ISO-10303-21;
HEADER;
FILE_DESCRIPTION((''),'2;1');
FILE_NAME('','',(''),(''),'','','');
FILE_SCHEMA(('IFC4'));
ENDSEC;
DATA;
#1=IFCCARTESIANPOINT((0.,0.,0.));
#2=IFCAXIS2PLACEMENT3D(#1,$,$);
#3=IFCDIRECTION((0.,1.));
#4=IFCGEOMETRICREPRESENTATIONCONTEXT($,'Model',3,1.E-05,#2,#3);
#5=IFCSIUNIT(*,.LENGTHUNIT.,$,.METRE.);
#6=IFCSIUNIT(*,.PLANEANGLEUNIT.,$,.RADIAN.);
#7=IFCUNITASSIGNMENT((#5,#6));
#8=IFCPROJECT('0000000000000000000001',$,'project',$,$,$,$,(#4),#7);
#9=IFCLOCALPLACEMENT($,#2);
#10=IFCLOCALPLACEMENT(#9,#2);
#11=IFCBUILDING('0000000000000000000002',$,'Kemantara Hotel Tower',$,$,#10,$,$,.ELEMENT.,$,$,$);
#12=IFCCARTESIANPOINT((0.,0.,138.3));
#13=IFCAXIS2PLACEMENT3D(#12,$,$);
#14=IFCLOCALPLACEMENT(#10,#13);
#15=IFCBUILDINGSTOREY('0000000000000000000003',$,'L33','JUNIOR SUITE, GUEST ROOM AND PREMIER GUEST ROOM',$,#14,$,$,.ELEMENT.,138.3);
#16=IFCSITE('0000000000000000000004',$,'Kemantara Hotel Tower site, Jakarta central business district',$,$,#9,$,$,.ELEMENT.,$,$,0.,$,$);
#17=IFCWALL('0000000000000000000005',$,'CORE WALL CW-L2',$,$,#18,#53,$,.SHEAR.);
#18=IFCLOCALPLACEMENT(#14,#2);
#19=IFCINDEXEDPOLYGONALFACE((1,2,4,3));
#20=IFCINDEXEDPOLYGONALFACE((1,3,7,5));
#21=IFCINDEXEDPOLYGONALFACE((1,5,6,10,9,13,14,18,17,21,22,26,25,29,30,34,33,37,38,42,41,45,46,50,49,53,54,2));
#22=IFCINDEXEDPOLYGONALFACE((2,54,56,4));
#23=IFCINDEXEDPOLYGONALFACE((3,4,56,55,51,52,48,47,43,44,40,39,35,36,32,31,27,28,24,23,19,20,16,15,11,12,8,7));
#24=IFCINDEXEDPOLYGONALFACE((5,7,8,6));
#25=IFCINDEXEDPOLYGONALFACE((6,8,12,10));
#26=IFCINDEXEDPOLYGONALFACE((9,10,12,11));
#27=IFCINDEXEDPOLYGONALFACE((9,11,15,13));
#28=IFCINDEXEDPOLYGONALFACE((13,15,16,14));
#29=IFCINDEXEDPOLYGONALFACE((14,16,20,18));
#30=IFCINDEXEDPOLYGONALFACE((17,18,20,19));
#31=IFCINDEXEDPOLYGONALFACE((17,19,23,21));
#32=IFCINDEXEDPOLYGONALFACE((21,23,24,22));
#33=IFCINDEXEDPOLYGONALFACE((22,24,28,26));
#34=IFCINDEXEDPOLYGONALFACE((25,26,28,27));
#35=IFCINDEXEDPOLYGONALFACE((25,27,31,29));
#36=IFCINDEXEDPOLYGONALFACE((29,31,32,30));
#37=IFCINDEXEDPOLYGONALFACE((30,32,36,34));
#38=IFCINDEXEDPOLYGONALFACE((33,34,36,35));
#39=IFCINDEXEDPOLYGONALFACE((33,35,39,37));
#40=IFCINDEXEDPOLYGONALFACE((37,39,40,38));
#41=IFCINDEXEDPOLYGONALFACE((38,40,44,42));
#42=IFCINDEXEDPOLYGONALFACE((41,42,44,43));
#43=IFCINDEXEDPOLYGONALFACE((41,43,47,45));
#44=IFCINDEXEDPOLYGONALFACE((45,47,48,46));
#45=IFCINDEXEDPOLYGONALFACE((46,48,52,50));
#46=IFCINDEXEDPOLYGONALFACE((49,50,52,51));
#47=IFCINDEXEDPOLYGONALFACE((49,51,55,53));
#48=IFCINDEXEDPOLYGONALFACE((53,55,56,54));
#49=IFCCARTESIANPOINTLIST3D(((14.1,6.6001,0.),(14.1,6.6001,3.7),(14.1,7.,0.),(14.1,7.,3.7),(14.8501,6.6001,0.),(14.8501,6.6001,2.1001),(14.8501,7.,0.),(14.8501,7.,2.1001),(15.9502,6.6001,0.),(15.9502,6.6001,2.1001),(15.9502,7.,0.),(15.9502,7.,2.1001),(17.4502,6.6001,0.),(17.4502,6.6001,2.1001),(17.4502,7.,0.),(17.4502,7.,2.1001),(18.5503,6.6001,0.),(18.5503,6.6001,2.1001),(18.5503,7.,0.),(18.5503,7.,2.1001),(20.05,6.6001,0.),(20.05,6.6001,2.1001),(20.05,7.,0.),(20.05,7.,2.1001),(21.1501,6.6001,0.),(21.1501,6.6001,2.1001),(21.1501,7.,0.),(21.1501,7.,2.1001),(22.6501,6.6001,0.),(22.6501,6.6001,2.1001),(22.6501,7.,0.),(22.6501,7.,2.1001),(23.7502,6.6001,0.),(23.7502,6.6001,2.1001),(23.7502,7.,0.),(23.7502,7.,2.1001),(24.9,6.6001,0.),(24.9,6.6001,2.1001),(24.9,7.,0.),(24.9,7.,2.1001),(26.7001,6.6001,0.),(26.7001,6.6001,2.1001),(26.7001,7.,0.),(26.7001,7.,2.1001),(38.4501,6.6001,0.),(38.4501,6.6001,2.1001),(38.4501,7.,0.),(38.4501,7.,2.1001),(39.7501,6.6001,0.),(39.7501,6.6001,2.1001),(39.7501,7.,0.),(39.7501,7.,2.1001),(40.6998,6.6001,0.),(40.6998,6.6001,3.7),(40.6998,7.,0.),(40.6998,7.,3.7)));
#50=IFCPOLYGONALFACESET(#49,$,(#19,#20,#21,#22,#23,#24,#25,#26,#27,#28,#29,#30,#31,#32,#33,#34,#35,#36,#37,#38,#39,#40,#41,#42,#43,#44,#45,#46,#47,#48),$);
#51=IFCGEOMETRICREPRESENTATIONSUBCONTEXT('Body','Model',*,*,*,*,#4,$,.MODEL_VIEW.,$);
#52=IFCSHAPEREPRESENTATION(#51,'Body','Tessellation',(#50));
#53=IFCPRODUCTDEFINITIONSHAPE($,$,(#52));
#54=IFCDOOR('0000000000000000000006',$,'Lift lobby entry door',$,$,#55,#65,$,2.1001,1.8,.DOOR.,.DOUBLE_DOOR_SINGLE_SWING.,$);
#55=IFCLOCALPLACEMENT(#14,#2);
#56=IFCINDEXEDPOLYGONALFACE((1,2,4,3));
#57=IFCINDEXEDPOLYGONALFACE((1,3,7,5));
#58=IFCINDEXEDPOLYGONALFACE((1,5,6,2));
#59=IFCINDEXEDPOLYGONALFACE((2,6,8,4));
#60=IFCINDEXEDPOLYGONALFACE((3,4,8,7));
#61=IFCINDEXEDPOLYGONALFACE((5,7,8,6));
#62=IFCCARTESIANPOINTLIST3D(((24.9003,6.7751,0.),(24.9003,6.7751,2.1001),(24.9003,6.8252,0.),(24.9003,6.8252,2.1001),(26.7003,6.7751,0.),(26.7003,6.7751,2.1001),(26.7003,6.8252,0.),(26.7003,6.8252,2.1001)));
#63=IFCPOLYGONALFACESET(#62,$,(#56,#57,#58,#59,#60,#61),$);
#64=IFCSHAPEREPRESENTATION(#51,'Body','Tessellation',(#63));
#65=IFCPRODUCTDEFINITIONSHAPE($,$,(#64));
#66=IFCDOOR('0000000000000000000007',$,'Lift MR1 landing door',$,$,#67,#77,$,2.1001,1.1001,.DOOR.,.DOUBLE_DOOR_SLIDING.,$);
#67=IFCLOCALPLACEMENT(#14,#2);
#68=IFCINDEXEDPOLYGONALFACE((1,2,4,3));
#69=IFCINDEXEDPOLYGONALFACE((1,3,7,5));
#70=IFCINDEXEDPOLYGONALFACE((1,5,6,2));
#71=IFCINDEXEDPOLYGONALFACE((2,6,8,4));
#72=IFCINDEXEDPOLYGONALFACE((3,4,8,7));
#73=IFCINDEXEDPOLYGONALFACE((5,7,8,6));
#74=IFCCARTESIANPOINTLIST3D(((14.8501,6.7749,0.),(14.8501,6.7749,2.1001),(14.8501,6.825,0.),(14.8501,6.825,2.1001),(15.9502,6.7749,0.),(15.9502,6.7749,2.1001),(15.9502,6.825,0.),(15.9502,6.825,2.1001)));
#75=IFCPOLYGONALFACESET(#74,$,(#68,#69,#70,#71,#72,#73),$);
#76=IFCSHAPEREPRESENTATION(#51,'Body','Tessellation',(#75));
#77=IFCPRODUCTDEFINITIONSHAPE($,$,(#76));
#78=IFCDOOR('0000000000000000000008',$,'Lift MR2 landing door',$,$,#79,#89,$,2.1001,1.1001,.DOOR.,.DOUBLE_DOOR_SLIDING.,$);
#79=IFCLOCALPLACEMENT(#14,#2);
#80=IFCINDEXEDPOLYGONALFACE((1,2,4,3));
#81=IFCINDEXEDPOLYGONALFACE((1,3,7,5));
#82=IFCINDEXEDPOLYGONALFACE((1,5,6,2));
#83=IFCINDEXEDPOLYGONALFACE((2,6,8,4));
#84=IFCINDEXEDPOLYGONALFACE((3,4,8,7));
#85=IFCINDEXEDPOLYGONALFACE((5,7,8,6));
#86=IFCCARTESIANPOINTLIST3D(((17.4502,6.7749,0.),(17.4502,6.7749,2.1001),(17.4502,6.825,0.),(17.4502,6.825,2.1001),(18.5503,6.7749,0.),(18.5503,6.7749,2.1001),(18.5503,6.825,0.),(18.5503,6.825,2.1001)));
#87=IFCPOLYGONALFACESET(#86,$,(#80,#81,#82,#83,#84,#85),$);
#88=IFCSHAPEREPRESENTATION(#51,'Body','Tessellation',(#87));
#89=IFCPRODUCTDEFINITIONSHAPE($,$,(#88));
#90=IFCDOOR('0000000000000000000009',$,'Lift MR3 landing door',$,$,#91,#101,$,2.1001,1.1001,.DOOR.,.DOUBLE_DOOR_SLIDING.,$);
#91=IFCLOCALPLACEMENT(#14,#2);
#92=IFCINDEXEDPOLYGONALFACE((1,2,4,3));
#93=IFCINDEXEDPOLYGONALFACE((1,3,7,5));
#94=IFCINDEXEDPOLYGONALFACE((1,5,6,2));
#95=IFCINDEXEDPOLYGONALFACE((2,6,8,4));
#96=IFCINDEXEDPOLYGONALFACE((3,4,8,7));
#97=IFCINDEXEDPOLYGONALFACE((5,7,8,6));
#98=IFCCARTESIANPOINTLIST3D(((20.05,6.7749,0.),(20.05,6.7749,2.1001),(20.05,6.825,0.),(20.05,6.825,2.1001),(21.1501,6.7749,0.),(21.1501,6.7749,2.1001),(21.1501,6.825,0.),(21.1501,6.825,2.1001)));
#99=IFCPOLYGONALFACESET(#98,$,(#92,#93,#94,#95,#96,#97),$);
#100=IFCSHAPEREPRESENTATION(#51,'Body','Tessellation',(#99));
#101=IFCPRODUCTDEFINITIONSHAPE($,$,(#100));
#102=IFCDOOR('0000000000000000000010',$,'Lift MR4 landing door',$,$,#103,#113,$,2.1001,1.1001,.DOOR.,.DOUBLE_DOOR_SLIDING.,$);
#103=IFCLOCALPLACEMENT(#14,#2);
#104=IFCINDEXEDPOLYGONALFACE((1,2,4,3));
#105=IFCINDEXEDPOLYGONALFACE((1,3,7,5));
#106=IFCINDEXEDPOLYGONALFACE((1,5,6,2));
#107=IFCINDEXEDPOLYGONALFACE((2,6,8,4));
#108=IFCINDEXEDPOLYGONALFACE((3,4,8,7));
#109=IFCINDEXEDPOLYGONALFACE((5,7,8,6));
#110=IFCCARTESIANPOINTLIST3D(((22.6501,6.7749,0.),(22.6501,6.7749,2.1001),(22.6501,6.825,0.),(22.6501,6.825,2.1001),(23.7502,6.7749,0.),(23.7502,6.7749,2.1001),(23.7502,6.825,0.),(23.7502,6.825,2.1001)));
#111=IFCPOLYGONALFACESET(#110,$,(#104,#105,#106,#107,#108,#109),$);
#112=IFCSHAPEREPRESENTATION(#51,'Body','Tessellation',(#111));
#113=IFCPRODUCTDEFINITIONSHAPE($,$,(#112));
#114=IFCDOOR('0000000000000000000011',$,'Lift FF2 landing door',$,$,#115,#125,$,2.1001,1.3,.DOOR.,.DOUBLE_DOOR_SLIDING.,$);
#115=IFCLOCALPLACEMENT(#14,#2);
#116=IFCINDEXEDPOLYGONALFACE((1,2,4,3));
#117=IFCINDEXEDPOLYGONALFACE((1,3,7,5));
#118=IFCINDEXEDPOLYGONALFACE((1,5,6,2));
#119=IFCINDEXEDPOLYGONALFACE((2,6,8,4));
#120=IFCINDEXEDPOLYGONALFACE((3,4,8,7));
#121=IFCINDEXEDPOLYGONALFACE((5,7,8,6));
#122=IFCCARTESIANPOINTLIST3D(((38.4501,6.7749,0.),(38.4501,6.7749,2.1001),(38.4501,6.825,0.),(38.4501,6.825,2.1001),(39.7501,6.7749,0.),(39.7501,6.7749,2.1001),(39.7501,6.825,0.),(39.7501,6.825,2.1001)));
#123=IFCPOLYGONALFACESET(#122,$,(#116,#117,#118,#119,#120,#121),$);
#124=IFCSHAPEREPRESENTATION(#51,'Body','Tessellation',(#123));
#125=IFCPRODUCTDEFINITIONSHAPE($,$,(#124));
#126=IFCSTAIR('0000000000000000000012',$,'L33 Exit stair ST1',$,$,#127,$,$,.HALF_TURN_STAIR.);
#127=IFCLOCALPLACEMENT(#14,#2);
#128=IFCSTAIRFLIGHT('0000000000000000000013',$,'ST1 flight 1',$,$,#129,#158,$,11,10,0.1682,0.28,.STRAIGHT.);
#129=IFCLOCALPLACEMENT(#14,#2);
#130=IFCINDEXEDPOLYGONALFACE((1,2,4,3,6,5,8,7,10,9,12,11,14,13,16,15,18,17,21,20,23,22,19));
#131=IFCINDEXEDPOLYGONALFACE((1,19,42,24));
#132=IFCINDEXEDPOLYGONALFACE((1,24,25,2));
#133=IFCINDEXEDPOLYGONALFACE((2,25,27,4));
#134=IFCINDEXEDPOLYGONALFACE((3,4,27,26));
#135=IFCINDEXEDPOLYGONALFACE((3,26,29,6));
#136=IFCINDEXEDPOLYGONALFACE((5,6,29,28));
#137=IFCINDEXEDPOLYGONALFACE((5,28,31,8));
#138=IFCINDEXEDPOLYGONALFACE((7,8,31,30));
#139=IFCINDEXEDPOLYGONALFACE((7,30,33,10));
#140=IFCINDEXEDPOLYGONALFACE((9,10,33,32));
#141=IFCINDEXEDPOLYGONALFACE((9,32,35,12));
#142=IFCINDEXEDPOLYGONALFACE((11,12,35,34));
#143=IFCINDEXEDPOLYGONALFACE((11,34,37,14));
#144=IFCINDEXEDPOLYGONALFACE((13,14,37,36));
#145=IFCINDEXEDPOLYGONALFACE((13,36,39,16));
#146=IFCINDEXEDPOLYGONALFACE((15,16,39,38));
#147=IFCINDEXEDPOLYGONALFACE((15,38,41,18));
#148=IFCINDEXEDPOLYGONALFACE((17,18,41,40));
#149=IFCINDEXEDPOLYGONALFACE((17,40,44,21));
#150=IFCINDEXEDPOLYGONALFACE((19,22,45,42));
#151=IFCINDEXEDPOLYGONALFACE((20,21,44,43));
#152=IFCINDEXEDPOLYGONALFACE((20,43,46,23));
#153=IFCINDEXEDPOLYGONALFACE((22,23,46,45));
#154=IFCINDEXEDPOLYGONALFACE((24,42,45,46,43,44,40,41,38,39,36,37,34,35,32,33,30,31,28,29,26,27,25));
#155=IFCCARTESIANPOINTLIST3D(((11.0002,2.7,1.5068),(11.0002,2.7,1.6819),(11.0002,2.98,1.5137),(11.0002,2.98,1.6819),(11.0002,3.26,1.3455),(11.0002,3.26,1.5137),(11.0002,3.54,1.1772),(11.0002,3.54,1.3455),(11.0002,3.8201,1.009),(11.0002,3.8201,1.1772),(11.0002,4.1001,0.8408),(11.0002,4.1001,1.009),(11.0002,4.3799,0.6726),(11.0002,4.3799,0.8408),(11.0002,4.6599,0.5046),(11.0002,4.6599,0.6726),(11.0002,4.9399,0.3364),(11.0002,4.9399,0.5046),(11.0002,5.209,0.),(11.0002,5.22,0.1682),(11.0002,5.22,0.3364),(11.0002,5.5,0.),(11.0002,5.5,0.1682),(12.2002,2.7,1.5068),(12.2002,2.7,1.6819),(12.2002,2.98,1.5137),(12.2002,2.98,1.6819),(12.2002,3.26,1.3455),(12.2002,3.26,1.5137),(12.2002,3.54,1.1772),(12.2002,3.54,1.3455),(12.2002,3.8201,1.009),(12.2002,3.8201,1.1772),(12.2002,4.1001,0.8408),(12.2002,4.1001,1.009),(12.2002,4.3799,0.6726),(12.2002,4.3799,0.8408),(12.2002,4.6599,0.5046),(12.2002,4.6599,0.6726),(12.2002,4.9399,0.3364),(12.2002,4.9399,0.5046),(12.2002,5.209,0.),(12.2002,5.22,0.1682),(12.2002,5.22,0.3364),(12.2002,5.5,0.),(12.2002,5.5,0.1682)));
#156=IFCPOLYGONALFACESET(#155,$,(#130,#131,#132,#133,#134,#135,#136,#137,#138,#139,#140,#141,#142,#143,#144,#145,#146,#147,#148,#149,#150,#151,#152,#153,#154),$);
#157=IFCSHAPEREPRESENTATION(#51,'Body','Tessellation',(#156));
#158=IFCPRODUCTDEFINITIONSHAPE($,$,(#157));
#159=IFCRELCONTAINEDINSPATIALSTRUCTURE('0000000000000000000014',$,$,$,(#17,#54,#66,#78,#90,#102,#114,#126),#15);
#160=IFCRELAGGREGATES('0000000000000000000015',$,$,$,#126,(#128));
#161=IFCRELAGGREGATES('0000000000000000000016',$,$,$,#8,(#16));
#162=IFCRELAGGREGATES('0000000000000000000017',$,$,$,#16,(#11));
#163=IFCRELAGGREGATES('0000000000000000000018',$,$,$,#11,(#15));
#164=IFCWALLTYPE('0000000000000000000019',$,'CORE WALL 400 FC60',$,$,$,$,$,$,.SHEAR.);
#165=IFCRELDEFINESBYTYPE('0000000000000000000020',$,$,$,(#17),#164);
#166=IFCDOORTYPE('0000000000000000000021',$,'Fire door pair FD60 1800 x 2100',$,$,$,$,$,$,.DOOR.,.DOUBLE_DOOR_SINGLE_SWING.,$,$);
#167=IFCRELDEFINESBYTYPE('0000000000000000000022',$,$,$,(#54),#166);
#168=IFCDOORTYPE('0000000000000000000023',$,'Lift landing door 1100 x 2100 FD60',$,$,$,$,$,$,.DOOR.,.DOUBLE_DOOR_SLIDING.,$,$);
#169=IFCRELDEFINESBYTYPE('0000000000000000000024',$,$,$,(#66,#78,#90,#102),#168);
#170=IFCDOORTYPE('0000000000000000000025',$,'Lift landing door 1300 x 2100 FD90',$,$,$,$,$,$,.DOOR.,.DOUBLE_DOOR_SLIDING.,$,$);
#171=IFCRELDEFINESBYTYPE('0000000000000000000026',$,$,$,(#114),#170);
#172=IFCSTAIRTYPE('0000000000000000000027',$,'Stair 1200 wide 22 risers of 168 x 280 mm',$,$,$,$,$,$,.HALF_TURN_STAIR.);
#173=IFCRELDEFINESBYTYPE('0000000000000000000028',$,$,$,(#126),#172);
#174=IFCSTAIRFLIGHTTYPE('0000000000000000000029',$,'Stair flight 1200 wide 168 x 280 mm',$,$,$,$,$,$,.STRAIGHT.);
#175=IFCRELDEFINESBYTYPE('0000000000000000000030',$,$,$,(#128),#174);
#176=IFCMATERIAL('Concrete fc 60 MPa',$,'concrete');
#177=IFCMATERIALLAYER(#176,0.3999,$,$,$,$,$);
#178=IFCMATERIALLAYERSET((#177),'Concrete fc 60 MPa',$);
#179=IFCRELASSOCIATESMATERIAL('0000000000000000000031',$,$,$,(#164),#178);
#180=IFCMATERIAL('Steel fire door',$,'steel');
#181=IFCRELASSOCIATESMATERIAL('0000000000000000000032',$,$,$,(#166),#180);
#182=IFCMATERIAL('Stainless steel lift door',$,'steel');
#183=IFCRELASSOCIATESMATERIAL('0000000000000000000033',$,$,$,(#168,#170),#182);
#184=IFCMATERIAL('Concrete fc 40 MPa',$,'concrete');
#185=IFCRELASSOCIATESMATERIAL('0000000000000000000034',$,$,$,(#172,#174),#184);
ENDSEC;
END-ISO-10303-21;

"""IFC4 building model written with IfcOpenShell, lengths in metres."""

from ifc_helpers import new_model, si_unit, direction, frame, frame_2d, origin, place, context, subcontext, project, spatial, polyline, rectangle, outline, extrude, material, layer, layer_set, type_object, element, fill, aggregate, save


model = new_model("IFC4")

# Units and contexts
model_context = context("Model", 3, precision=1e-05, world=origin(), true_north=direction((0.0, 1.0)))
body_context = subcontext(model_context, "Body", "Model", "MODEL_VIEW")
ifc_project = project(units=[si_unit("LENGTHUNIT", "METRE"), si_unit("PLANEANGLEUNIT", "RADIAN")], contexts=[model_context])

# Site, building, storey
site_placement = place(None, origin())
site = spatial("IfcSite", under=ifc_project, at=site_placement, Name="Kemantara Hotel Tower site, Jakarta central business district", CompositionType="ELEMENT", RefElevation=0.0)
building_placement = place(site_placement, origin())
building = spatial("IfcBuilding", under=site, at=building_placement, Name="Kemantara Hotel Tower", CompositionType="ELEMENT")
storey_placement = place(building_placement, frame((0.0, 0.0, 138.3)))
storey = spatial("IfcBuildingStorey", under=building, at=storey_placement, Name="L33", Description="JUNIOR SUITE, GUEST ROOM AND PREMIER GUEST ROOM", CompositionType="ELEMENT", Elevation=138.3)

# Shared definitions
ifc_material_1 = material(Name="Concrete fc 60 MPa", Category="concrete")

# Shared definitions
ifc_layer_1 = layer(ifc_material_1, 0.3999)
ifc_layer_set_1 = layer_set([ifc_layer_1], Name="Concrete fc 60 MPa")
wall_type_1 = type_object("IfcWallType", Name="CORE WALL 400 FC60", PredefinedType="SHEAR", material=ifc_layer_set_1)
ifc_material_2 = material(Name="Steel fire door", Category="steel")

# Wall, openings, doors
wall_1_placement = place(storey_placement, frame((14.1001, 6.8, 0.0), z_axis=(0.0, 0.0, 1.0), x_axis=(1.0, 0.0, 0.0)))
wall_1 = element("IfcWall", 1, at=wall_1_placement, inside=storey, type_object=wall_type_1, Name="CORE WALL CW-L2", PredefinedType="SHEAR", context=body_context, shape_type="SweptSolid", body=[
    extrude(rectangle(XDim=26.5999, YDim=0.3999, at=frame_2d((13.2998, 0.0))), origin(), (0.0, 0.0, 1.0), 3.7),
])
opening_1_placement = place(wall_1_placement, frame((10.8, 0.0, 0.0)))
opening_1 = element("IfcOpeningElement", 2, at=opening_1_placement, cuts=wall_1, PredefinedType="OPENING", context=body_context, shape_type="SweptSolid", body=[
    extrude(rectangle(XDim=1.8, YDim=2.1001, at=frame_2d((0.8999, 1.05))), frame((0.0, 0.21, 0.0), z_axis=(0.0, -1.0, 0.0), x_axis=(1.0, 0.0, 0.0)), (0.0, 0.0, 1.0), 0.4199),
])
opening_2_placement = place(wall_1_placement, frame((0.75, 0.0, 0.0)))
opening_2 = element("IfcOpeningElement", 3, at=opening_2_placement, cuts=wall_1, PredefinedType="OPENING", context=body_context, shape_type="SweptSolid", body=[
    extrude(rectangle(XDim=1.1001, YDim=2.1001, at=frame_2d((0.55, 1.05))), frame((0.0, 0.21, 0.0), z_axis=(0.0, -1.0, 0.0), x_axis=(1.0, 0.0, 0.0)), (0.0, 0.0, 1.0), 0.4199),
])
opening_3_placement = place(wall_1_placement, frame((3.3501, 0.0, 0.0)))
opening_3 = element("IfcOpeningElement", 4, at=opening_3_placement, cuts=wall_1, PredefinedType="OPENING", context=body_context, shape_type="SweptSolid", body=[
    extrude(rectangle(XDim=1.1001, YDim=2.1001, at=frame_2d((0.55, 1.05))), frame((0.0, 0.21, 0.0), z_axis=(0.0, -1.0, 0.0), x_axis=(1.0, 0.0, 0.0)), (0.0, 0.0, 1.0), 0.4199),
])
opening_4_placement = place(wall_1_placement, frame((5.95, 0.0, 0.0)))
opening_4 = element("IfcOpeningElement", 5, at=opening_4_placement, cuts=wall_1, PredefinedType="OPENING", context=body_context, shape_type="SweptSolid", body=[
    extrude(rectangle(XDim=1.1001, YDim=2.1001, at=frame_2d((0.55, 1.05))), frame((0.0, 0.21, 0.0), z_axis=(0.0, -1.0, 0.0), x_axis=(1.0, 0.0, 0.0)), (0.0, 0.0, 1.0), 0.4199),
])
opening_5_placement = place(wall_1_placement, frame((8.55, 0.0, 0.0)))
opening_5 = element("IfcOpeningElement", 6, at=opening_5_placement, cuts=wall_1, PredefinedType="OPENING", context=body_context, shape_type="SweptSolid", body=[
    extrude(rectangle(XDim=1.1001, YDim=2.1001, at=frame_2d((0.55, 1.05))), frame((0.0, 0.21, 0.0), z_axis=(0.0, -1.0, 0.0), x_axis=(1.0, 0.0, 0.0)), (0.0, 0.0, 1.0), 0.4199),
])
opening_6_placement = place(wall_1_placement, frame((24.3501, 0.0, 0.0)))
opening_6 = element("IfcOpeningElement", 7, at=opening_6_placement, cuts=wall_1, PredefinedType="OPENING", context=body_context, shape_type="SweptSolid", body=[
    extrude(rectangle(XDim=1.3, YDim=2.1001, at=frame_2d((0.6499, 1.05))), frame((0.0, 0.21, 0.0), z_axis=(0.0, -1.0, 0.0), x_axis=(1.0, 0.0, 0.0)), (0.0, 0.0, 1.0), 0.4199),
])
door_type_1 = type_object("IfcDoorType", Name="Fire door pair FD60 1800 x 2100", OperationType="DOUBLE_DOOR_SINGLE_SWING", PredefinedType="DOOR", material=ifc_material_2)
door_1_placement = place(opening_1_placement, frame((1.8, 0.0, 0.0), z_axis=(0.0, 0.0, 1.0), x_axis=(-1.0, 0.0, 0.0)))
door_1 = element("IfcDoor", 8, at=door_1_placement, inside=storey, type_object=door_type_1, Name="Lift lobby entry door", OperationType="DOUBLE_DOOR_SINGLE_SWING", OverallHeight=2.1001, OverallWidth=1.8, PredefinedType="DOOR", context=body_context, shape_type="SweptSolid", body=[
    extrude(rectangle(XDim=1.8, YDim=2.1001, at=frame_2d((0.8999, 1.05))), frame((0.0, 0.0249, 0.0), z_axis=(0.0, -1.0, 0.0), x_axis=(1.0, 0.0, 0.0)), (0.0, 0.0, 1.0), 0.05),
])
fill(opening_1, door_1)
ifc_material_3 = material(Name="Stainless steel lift door", Category="steel")
door_type_2 = type_object("IfcDoorType", Name="Lift landing door 1100 x 2100 FD60", OperationType="DOUBLE_DOOR_SLIDING", PredefinedType="DOOR", material=ifc_material_3)
door_2_placement = place(opening_2_placement, origin())
door_2 = element("IfcDoor", 9, at=door_2_placement, inside=storey, type_object=door_type_2, Name="Lift MR1 landing door", OperationType="DOUBLE_DOOR_SLIDING", OverallHeight=2.1001, OverallWidth=1.1001, PredefinedType="DOOR", context=body_context, shape_type="SweptSolid", body=[
    extrude(rectangle(XDim=1.1001, YDim=2.1001, at=frame_2d((0.55, 1.05))), frame((0.0, 0.0249, 0.0), z_axis=(0.0, -1.0, 0.0), x_axis=(1.0, 0.0, 0.0)), (0.0, 0.0, 1.0), 0.05),
])
fill(opening_2, door_2)
door_3_placement = place(opening_3_placement, origin())
door_3 = element("IfcDoor", 10, at=door_3_placement, inside=storey, type_object=door_type_2, Name="Lift MR2 landing door", OperationType="DOUBLE_DOOR_SLIDING", OverallHeight=2.1001, OverallWidth=1.1001, PredefinedType="DOOR", context=body_context, shape_type="SweptSolid", body=[
    extrude(rectangle(XDim=1.1001, YDim=2.1001, at=frame_2d((0.55, 1.05))), frame((0.0, 0.0249, 0.0), z_axis=(0.0, -1.0, 0.0), x_axis=(1.0, 0.0, 0.0)), (0.0, 0.0, 1.0), 0.05),
])
fill(opening_3, door_3)
door_4_placement = place(opening_4_placement, origin())
door_4 = element("IfcDoor", 11, at=door_4_placement, inside=storey, type_object=door_type_2, Name="Lift MR3 landing door", OperationType="DOUBLE_DOOR_SLIDING", OverallHeight=2.1001, OverallWidth=1.1001, PredefinedType="DOOR", context=body_context, shape_type="SweptSolid", body=[
    extrude(rectangle(XDim=1.1001, YDim=2.1001, at=frame_2d((0.55, 1.05))), frame((0.0, 0.0249, 0.0), z_axis=(0.0, -1.0, 0.0), x_axis=(1.0, 0.0, 0.0)), (0.0, 0.0, 1.0), 0.05),
])
fill(opening_4, door_4)
door_5_placement = place(opening_5_placement, origin())
door_5 = element("IfcDoor", 12, at=door_5_placement, inside=storey, type_object=door_type_2, Name="Lift MR4 landing door", OperationType="DOUBLE_DOOR_SLIDING", OverallHeight=2.1001, OverallWidth=1.1001, PredefinedType="DOOR", context=body_context, shape_type="SweptSolid", body=[
    extrude(rectangle(XDim=1.1001, YDim=2.1001, at=frame_2d((0.55, 1.05))), frame((0.0, 0.0249, 0.0), z_axis=(0.0, -1.0, 0.0), x_axis=(1.0, 0.0, 0.0)), (0.0, 0.0, 1.0), 0.05),
])
fill(opening_5, door_5)
door_type_3 = type_object("IfcDoorType", Name="Lift landing door 1300 x 2100 FD90", OperationType="DOUBLE_DOOR_SLIDING", PredefinedType="DOOR", material=ifc_material_3)
door_6_placement = place(opening_6_placement, origin())
door_6 = element("IfcDoor", 13, at=door_6_placement, inside=storey, type_object=door_type_3, Name="Lift FF2 landing door", OperationType="DOUBLE_DOOR_SLIDING", OverallHeight=2.1001, OverallWidth=1.3, PredefinedType="DOOR", context=body_context, shape_type="SweptSolid", body=[
    extrude(rectangle(XDim=1.3, YDim=2.1001, at=frame_2d((0.6499, 1.05))), frame((0.0, 0.0249, 0.0), z_axis=(0.0, -1.0, 0.0), x_axis=(1.0, 0.0, 0.0)), (0.0, 0.0, 1.0), 0.05),
])
fill(opening_6, door_6)

# Stair, stair flight
ifc_material_4 = material(Name="Concrete fc 40 MPa", Category="concrete")
stair_type = type_object("IfcStairType", Name="Stair 1200 wide 22 risers of 168 x 280 mm", PredefinedType="HALF_TURN_STAIR", material=ifc_material_4)
stair_placement = place(storey_placement, origin())
stair = element("IfcStair", 14, at=stair_placement, inside=storey, type_object=stair_type, Name="L33 Exit stair ST1", PredefinedType="HALF_TURN_STAIR")
stair_flight_type = type_object("IfcStairFlightType", Name="Stair flight 1200 wide 168 x 280 mm", PredefinedType="STRAIGHT", material=ifc_material_4)
stair_flight_placement = place(storey_placement, frame((11.6001, 5.5, 0.0), z_axis=(0.0, 0.0, 1.0), x_axis=(0.0, -1.0, 0.0)))
stair_flight = element("IfcStairFlight", 15, at=stair_flight_placement, type_object=stair_flight_type, Name="ST1 flight 1", NumberOfRisers=11, NumberOfTreads=10, PredefinedType="STRAIGHT", RiserHeight=0.1682, TreadLength=0.28, context=body_context, shape_type="SweptSolid", body=[
    extrude(outline(polyline([(0.0, 0.0), (0.0, 0.1682), (0.28, 0.1682), (0.28, 0.3364), (0.5601, 0.3364), (0.5601, 0.5046), (0.8401, 0.5046), (0.8401, 0.6726), (1.1201, 0.6726), (1.1201, 0.8408), (1.3999, 0.8408), (1.3999, 1.009), (1.6799, 1.009), (1.6799, 1.1772), (1.96, 1.1772), (1.96, 1.3455), (2.24, 1.3455), (2.24, 1.5137), (2.52, 1.5137), (2.52, 1.6819), (2.8, 1.6819), (2.8, 1.8501), (2.8, 1.5068), (0.291, 0.0), (0.0, 0.0)])), frame((0.0, 0.6001, 0.0), z_axis=(0.0, -1.0, 0.0), x_axis=(1.0, 0.0, 0.0)), (0.0, 0.0, 1.0), 1.2),
])
aggregate(stair, [stair_flight])

save(model, "model.ifc")
